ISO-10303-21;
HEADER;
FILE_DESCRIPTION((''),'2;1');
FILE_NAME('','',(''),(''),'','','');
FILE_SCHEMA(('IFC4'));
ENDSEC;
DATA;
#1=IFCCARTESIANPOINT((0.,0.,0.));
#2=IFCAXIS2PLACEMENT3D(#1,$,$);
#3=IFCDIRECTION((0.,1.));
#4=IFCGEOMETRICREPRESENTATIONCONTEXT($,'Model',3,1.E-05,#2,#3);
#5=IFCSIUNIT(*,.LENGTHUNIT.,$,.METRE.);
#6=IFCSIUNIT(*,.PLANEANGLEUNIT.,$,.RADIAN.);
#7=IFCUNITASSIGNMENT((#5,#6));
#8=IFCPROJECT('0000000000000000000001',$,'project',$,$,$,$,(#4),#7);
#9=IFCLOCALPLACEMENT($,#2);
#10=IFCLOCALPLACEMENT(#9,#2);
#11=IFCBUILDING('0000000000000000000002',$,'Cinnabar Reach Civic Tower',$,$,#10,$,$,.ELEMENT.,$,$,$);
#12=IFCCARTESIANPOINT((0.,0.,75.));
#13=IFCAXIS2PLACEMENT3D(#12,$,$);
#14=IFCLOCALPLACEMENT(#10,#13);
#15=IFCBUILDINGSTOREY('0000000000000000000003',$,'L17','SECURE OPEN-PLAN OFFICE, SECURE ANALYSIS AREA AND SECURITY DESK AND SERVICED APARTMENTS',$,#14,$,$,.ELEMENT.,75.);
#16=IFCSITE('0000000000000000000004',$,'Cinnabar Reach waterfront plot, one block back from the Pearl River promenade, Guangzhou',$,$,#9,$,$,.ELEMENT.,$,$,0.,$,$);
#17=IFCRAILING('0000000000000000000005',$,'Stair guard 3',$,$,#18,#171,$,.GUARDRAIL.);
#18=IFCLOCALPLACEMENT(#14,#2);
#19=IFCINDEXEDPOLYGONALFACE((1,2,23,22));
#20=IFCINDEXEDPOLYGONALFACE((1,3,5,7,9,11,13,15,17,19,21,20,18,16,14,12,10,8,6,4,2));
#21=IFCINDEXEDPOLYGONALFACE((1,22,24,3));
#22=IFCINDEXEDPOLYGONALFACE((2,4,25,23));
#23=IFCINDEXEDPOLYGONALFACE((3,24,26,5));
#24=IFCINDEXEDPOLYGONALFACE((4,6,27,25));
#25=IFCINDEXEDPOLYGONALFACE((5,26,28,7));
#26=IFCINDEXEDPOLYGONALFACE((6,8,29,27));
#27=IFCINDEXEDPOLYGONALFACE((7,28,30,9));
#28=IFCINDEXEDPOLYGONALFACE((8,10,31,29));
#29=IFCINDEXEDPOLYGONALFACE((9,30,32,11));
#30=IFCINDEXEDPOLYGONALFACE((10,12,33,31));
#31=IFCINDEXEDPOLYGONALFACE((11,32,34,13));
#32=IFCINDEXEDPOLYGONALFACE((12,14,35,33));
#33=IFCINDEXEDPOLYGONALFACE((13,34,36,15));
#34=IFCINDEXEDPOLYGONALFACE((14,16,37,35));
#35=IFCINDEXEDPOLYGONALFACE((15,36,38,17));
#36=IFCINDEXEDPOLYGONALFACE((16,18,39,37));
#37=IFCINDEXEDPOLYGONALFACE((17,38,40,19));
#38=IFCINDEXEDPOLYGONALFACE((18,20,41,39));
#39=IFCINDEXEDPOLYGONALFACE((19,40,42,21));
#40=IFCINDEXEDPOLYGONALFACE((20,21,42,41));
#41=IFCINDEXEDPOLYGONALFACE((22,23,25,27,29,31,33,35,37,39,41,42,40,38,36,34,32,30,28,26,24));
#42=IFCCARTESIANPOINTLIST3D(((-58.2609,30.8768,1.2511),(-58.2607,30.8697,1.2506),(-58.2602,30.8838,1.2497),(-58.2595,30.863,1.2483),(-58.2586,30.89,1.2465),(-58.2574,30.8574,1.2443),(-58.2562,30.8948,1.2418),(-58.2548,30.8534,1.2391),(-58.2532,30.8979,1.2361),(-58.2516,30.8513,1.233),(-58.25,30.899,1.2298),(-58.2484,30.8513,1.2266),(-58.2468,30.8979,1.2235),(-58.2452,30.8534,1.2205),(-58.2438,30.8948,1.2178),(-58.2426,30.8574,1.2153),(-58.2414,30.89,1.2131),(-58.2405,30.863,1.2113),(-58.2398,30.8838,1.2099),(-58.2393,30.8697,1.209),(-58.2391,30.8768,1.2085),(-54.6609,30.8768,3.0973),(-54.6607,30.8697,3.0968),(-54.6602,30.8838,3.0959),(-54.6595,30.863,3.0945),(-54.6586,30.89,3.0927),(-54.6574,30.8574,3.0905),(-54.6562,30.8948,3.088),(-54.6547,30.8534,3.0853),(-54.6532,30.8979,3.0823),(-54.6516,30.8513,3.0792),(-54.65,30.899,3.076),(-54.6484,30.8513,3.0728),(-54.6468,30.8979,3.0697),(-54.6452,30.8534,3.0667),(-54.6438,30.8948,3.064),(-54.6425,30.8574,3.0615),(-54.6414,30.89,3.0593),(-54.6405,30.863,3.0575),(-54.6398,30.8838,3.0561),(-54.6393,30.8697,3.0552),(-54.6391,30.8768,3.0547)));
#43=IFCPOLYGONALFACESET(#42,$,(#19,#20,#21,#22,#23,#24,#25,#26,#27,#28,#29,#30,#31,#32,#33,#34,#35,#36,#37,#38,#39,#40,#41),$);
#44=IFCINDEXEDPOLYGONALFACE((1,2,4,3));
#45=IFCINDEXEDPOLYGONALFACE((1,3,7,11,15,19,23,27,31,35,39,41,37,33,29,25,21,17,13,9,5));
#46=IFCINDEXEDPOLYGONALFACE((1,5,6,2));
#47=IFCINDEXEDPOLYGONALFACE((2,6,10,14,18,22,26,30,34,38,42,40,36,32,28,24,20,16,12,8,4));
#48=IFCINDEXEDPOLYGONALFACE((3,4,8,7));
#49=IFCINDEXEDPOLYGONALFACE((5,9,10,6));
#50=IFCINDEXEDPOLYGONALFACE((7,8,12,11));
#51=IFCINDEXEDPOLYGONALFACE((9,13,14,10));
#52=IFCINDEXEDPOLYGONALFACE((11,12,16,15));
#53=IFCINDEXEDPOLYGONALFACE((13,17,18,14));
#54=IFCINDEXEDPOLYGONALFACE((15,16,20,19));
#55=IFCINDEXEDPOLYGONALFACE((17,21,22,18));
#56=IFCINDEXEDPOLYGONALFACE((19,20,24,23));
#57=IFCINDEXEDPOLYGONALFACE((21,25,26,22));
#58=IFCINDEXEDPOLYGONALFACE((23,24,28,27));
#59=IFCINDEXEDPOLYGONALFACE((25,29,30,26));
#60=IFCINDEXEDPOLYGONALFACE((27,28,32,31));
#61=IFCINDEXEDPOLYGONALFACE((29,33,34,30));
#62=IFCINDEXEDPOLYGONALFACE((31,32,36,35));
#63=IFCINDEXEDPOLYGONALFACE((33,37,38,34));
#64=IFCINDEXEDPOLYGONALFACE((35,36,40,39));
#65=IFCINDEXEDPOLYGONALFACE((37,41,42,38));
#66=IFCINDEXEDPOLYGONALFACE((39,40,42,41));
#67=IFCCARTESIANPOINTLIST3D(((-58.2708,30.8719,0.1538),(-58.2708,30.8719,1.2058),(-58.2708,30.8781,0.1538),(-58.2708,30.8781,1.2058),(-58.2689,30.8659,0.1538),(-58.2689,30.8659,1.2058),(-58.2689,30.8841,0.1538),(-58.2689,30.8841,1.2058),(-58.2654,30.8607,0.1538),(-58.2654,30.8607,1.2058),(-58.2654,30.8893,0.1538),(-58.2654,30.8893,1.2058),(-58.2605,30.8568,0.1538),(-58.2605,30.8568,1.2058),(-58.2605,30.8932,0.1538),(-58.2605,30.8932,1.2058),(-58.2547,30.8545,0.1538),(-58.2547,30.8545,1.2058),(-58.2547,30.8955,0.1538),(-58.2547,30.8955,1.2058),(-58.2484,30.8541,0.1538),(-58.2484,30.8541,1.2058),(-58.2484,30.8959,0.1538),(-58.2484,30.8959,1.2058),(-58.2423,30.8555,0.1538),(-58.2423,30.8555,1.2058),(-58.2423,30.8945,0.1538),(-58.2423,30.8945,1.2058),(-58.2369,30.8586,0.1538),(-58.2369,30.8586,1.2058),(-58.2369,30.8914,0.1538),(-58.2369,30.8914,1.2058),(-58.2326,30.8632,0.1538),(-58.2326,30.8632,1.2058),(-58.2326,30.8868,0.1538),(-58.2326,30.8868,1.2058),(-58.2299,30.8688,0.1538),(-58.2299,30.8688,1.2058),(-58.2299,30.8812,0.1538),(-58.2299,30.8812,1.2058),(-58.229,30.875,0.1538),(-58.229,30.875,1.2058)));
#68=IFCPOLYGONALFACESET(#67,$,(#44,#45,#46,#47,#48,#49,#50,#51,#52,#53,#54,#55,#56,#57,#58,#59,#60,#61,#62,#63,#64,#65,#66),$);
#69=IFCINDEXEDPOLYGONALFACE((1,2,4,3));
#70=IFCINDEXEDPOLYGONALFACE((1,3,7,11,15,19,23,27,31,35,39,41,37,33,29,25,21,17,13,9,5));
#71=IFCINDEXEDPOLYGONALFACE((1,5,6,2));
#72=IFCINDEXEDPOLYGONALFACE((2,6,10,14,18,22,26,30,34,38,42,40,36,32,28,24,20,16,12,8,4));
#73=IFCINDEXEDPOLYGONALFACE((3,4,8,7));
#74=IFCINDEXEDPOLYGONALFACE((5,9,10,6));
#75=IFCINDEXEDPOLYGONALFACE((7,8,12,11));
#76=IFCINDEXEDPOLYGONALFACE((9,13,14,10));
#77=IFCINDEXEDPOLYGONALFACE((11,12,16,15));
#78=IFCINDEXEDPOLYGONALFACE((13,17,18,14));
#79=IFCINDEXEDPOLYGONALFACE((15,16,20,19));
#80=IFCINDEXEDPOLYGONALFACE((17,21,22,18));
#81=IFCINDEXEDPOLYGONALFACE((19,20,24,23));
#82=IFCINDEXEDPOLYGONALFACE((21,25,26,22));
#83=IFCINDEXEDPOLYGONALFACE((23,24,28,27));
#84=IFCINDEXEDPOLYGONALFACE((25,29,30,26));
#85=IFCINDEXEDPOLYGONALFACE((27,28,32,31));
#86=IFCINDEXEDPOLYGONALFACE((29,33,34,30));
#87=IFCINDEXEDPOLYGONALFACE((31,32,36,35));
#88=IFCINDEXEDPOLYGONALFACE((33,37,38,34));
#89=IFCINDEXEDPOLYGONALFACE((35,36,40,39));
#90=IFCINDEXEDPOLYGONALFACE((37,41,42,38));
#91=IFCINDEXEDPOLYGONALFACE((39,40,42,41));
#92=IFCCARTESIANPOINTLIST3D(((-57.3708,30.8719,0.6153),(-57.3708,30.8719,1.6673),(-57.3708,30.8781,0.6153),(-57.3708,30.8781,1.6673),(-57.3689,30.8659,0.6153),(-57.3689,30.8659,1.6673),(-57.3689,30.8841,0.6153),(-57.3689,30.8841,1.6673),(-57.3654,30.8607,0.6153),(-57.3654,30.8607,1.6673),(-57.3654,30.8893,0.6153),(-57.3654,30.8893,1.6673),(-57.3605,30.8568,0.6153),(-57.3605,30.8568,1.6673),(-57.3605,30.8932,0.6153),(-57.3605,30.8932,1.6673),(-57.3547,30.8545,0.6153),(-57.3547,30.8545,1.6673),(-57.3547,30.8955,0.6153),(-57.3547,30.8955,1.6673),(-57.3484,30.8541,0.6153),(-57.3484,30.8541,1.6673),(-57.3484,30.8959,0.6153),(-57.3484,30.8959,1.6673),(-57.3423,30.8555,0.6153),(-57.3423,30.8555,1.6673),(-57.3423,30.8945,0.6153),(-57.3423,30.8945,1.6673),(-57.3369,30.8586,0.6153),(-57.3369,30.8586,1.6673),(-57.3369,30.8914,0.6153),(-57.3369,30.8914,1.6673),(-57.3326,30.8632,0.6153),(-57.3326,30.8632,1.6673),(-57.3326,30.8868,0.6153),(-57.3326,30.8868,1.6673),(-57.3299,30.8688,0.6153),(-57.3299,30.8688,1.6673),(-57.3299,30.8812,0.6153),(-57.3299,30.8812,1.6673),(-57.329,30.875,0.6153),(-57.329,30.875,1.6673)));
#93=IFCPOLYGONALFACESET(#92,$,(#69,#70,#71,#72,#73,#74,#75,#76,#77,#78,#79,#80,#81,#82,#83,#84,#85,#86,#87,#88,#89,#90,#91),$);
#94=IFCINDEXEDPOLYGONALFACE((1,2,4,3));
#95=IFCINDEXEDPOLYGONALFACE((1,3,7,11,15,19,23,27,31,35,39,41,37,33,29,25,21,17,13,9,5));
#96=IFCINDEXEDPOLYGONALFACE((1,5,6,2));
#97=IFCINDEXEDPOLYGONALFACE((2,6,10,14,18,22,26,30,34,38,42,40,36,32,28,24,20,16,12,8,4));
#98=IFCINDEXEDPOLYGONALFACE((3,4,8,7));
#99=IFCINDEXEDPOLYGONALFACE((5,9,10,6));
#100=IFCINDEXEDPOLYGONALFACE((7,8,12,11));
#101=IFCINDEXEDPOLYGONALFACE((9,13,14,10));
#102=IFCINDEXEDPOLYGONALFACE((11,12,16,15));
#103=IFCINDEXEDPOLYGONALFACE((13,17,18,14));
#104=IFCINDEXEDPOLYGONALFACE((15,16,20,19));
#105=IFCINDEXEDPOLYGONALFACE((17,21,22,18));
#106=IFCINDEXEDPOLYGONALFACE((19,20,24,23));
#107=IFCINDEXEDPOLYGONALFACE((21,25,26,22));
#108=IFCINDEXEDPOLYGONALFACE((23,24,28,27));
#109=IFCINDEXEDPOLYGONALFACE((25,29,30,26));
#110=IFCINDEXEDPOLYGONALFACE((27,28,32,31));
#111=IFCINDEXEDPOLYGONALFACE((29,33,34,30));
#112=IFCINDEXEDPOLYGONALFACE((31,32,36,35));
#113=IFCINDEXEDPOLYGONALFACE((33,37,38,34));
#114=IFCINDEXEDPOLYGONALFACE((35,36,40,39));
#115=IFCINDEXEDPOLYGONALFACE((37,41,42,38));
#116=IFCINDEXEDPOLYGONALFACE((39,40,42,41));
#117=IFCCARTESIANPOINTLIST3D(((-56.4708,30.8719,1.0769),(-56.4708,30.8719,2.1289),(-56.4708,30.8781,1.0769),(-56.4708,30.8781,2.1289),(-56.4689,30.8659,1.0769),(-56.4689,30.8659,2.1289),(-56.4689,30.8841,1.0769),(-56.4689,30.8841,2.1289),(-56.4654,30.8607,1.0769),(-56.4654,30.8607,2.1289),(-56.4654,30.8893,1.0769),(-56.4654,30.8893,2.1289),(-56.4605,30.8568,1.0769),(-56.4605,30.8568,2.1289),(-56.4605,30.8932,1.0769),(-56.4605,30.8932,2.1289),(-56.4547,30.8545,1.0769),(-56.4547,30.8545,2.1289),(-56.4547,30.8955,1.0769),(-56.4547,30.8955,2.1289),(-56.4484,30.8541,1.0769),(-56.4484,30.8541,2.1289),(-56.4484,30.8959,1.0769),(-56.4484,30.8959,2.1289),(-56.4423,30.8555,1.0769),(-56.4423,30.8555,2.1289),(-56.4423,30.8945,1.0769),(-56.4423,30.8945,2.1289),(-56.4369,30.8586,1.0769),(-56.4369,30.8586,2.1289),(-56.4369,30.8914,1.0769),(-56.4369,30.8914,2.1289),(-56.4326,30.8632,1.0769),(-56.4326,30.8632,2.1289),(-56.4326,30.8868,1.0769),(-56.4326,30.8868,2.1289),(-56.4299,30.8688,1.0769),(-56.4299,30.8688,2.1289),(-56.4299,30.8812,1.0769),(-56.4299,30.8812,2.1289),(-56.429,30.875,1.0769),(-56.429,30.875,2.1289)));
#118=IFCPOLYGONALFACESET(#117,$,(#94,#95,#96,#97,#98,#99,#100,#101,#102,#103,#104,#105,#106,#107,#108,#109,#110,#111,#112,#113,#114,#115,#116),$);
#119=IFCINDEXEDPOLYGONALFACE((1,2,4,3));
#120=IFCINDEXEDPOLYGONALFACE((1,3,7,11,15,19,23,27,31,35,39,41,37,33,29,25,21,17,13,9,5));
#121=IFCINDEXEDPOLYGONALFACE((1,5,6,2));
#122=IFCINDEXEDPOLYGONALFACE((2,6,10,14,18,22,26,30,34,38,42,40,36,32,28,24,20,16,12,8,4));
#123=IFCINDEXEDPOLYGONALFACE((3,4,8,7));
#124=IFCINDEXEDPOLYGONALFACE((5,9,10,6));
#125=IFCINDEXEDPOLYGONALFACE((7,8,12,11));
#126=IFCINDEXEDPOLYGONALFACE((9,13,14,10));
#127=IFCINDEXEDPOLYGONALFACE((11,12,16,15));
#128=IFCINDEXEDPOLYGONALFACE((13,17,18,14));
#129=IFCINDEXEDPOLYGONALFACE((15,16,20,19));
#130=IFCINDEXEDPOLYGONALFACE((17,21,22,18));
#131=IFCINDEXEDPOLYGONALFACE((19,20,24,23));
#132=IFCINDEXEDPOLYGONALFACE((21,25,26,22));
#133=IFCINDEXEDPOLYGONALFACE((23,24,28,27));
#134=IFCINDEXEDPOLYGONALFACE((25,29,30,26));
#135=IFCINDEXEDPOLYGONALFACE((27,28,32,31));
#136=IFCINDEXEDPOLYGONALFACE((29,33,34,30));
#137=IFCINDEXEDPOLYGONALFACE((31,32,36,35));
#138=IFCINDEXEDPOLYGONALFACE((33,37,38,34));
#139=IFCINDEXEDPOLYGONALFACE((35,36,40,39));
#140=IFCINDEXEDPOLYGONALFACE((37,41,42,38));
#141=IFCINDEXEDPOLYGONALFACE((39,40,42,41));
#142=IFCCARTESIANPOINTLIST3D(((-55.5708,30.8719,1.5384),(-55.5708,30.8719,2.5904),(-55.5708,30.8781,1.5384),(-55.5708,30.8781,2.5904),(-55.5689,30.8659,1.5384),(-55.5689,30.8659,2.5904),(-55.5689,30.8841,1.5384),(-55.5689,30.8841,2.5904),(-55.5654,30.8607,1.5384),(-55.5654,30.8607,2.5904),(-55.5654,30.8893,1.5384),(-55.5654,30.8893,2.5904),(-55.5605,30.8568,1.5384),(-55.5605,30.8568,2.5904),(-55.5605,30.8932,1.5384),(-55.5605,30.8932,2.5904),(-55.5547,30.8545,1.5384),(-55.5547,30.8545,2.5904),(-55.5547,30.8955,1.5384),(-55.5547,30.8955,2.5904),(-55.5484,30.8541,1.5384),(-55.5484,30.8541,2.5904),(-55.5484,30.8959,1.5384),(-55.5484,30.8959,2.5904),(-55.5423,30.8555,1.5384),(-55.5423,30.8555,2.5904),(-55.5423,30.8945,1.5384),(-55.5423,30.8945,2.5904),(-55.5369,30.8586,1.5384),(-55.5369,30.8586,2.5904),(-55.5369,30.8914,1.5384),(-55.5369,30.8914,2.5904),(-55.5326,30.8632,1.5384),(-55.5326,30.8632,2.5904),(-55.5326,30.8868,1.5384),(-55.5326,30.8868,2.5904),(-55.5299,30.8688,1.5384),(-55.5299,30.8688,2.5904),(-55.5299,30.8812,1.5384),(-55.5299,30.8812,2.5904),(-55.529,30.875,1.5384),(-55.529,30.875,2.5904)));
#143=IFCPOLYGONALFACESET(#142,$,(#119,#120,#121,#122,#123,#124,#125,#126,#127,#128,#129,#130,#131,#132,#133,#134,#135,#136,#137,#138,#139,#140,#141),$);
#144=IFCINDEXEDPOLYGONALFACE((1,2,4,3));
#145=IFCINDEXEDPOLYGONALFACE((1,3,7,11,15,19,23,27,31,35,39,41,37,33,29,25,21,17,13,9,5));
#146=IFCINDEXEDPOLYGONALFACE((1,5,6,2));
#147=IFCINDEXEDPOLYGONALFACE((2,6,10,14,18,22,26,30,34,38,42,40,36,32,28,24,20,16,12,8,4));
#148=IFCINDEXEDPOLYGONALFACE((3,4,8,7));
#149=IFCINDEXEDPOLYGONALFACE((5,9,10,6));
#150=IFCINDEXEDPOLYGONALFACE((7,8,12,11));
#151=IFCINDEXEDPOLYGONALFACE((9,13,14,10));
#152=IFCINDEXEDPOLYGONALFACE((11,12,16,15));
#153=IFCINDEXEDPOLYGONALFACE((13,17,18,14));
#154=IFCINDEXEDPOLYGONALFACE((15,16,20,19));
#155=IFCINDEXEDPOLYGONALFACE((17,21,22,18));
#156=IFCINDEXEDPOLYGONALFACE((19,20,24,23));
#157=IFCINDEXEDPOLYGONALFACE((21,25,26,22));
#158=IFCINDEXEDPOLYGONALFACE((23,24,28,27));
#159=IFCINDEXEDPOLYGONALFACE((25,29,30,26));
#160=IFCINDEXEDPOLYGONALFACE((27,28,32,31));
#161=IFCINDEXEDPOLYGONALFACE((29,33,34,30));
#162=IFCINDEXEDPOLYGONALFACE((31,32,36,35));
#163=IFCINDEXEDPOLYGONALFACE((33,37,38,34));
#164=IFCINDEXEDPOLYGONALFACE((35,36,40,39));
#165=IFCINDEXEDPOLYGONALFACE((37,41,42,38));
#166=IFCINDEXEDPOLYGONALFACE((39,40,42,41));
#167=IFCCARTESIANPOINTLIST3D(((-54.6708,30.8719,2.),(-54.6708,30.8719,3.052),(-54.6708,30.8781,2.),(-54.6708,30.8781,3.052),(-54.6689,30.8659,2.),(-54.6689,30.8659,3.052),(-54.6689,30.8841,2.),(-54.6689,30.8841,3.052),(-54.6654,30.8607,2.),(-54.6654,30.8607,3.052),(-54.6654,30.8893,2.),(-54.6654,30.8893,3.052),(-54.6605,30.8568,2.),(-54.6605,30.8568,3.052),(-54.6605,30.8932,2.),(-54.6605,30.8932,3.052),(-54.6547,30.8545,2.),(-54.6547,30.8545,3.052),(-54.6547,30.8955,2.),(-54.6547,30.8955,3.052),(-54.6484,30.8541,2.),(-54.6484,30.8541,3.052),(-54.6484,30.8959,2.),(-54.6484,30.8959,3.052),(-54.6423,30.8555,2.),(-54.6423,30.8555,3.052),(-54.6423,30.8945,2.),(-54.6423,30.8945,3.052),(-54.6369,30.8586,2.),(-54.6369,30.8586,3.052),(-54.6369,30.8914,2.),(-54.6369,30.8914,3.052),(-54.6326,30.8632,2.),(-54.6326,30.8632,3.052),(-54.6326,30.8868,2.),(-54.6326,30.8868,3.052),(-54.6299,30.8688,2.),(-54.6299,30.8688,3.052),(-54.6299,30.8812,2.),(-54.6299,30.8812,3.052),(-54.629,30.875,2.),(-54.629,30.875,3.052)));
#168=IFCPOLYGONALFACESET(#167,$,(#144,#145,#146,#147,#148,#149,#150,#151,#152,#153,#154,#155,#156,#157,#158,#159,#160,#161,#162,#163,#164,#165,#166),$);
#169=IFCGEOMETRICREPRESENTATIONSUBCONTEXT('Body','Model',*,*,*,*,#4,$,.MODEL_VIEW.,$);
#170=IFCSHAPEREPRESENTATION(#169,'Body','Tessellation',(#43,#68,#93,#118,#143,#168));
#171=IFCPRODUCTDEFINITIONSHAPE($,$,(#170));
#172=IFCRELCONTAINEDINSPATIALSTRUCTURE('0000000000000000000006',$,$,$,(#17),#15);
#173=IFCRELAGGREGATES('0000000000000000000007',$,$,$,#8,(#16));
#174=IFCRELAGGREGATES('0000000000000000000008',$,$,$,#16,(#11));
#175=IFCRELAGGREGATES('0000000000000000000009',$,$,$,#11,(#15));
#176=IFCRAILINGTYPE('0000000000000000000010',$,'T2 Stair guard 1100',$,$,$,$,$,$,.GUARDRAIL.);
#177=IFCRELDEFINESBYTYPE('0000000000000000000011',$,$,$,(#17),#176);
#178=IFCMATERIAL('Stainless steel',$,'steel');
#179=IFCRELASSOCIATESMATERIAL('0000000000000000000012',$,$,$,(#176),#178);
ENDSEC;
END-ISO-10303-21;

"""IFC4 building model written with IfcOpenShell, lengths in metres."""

from ifc_helpers import new_model, si_unit, direction, frame, origin, origin_2d, place, context, subcontext, project, spatial, circle, extrude, material, type_object, element, save


model = new_model("IFC4")

# Units and contexts
model_context = context("Model", 3, precision=1e-05, world=origin(), true_north=direction((0.0, 1.0)))
body_context = subcontext(model_context, "Body", "Model", "MODEL_VIEW")
ifc_project = project(units=[si_unit("LENGTHUNIT", "METRE"), si_unit("PLANEANGLEUNIT", "RADIAN")], contexts=[model_context])

# Site, building, storey
site_placement = place(None, origin())
site = spatial("IfcSite", under=ifc_project, at=site_placement, Name="Cinnabar Reach waterfront plot, one block back from the Pearl River promenade, Guangzhou", CompositionType="ELEMENT", RefElevation=0.0)
building_placement = place(site_placement, origin())
building = spatial("IfcBuilding", under=site, at=building_placement, Name="Cinnabar Reach Civic Tower", CompositionType="ELEMENT")
storey_placement = place(building_placement, frame((0.0, 0.0, 75.0)))
storey = spatial("IfcBuildingStorey", under=building, at=storey_placement, Name="L17", Description="SECURE OPEN-PLAN OFFICE, SECURE ANALYSIS AREA AND SECURITY DESK AND SERVICED APARTMENTS", CompositionType="ELEMENT", Elevation=75.0)

# Railing
ifc_material_1 = material(Name="Stainless steel", Category="steel")
railing_type = type_object("IfcRailingType", Name="T2 Stair guard 1100", PredefinedType="GUARDRAIL", material=ifc_material_1)
railing_1_placement = place(storey_placement, frame((-58.25, 30.875, 0.1538)))
element("IfcRailing", 1, at=railing_1_placement, inside=storey, type_object=railing_type, Name="Stair guard 3", PredefinedType="GUARDRAIL", context=body_context, shape_type="SweptSolid", body=[
    extrude(circle(Radius=0.024, at=origin_2d()), frame((0.0, 0.0, 1.076), z_axis=(0.889813, 0.0, 0.456326), x_axis=(0.0, 1.0, 0.0)), (0.0, 0.0, 1.0), 4.0458),
    extrude(circle(Radius=0.021, at=origin_2d()), origin(), (0.0, 0.0, 1.0), 1.052),
    extrude(circle(Radius=0.021, at=origin_2d()), frame((0.9, 0.0, 0.4615)), (0.0, 0.0, 1.0), 1.052),
    extrude(circle(Radius=0.021, at=origin_2d()), frame((1.8, 0.0, 0.9231)), (0.0, 0.0, 1.0), 1.052),
    extrude(circle(Radius=0.021, at=origin_2d()), frame((2.7, 0.0, 1.3846)), (0.0, 0.0, 1.0), 1.052),
    extrude(circle(Radius=0.021, at=origin_2d()), frame((3.6, 0.0, 1.8462)), (0.0, 0.0, 1.0), 1.052),
])

save(model, "model.ifc")
